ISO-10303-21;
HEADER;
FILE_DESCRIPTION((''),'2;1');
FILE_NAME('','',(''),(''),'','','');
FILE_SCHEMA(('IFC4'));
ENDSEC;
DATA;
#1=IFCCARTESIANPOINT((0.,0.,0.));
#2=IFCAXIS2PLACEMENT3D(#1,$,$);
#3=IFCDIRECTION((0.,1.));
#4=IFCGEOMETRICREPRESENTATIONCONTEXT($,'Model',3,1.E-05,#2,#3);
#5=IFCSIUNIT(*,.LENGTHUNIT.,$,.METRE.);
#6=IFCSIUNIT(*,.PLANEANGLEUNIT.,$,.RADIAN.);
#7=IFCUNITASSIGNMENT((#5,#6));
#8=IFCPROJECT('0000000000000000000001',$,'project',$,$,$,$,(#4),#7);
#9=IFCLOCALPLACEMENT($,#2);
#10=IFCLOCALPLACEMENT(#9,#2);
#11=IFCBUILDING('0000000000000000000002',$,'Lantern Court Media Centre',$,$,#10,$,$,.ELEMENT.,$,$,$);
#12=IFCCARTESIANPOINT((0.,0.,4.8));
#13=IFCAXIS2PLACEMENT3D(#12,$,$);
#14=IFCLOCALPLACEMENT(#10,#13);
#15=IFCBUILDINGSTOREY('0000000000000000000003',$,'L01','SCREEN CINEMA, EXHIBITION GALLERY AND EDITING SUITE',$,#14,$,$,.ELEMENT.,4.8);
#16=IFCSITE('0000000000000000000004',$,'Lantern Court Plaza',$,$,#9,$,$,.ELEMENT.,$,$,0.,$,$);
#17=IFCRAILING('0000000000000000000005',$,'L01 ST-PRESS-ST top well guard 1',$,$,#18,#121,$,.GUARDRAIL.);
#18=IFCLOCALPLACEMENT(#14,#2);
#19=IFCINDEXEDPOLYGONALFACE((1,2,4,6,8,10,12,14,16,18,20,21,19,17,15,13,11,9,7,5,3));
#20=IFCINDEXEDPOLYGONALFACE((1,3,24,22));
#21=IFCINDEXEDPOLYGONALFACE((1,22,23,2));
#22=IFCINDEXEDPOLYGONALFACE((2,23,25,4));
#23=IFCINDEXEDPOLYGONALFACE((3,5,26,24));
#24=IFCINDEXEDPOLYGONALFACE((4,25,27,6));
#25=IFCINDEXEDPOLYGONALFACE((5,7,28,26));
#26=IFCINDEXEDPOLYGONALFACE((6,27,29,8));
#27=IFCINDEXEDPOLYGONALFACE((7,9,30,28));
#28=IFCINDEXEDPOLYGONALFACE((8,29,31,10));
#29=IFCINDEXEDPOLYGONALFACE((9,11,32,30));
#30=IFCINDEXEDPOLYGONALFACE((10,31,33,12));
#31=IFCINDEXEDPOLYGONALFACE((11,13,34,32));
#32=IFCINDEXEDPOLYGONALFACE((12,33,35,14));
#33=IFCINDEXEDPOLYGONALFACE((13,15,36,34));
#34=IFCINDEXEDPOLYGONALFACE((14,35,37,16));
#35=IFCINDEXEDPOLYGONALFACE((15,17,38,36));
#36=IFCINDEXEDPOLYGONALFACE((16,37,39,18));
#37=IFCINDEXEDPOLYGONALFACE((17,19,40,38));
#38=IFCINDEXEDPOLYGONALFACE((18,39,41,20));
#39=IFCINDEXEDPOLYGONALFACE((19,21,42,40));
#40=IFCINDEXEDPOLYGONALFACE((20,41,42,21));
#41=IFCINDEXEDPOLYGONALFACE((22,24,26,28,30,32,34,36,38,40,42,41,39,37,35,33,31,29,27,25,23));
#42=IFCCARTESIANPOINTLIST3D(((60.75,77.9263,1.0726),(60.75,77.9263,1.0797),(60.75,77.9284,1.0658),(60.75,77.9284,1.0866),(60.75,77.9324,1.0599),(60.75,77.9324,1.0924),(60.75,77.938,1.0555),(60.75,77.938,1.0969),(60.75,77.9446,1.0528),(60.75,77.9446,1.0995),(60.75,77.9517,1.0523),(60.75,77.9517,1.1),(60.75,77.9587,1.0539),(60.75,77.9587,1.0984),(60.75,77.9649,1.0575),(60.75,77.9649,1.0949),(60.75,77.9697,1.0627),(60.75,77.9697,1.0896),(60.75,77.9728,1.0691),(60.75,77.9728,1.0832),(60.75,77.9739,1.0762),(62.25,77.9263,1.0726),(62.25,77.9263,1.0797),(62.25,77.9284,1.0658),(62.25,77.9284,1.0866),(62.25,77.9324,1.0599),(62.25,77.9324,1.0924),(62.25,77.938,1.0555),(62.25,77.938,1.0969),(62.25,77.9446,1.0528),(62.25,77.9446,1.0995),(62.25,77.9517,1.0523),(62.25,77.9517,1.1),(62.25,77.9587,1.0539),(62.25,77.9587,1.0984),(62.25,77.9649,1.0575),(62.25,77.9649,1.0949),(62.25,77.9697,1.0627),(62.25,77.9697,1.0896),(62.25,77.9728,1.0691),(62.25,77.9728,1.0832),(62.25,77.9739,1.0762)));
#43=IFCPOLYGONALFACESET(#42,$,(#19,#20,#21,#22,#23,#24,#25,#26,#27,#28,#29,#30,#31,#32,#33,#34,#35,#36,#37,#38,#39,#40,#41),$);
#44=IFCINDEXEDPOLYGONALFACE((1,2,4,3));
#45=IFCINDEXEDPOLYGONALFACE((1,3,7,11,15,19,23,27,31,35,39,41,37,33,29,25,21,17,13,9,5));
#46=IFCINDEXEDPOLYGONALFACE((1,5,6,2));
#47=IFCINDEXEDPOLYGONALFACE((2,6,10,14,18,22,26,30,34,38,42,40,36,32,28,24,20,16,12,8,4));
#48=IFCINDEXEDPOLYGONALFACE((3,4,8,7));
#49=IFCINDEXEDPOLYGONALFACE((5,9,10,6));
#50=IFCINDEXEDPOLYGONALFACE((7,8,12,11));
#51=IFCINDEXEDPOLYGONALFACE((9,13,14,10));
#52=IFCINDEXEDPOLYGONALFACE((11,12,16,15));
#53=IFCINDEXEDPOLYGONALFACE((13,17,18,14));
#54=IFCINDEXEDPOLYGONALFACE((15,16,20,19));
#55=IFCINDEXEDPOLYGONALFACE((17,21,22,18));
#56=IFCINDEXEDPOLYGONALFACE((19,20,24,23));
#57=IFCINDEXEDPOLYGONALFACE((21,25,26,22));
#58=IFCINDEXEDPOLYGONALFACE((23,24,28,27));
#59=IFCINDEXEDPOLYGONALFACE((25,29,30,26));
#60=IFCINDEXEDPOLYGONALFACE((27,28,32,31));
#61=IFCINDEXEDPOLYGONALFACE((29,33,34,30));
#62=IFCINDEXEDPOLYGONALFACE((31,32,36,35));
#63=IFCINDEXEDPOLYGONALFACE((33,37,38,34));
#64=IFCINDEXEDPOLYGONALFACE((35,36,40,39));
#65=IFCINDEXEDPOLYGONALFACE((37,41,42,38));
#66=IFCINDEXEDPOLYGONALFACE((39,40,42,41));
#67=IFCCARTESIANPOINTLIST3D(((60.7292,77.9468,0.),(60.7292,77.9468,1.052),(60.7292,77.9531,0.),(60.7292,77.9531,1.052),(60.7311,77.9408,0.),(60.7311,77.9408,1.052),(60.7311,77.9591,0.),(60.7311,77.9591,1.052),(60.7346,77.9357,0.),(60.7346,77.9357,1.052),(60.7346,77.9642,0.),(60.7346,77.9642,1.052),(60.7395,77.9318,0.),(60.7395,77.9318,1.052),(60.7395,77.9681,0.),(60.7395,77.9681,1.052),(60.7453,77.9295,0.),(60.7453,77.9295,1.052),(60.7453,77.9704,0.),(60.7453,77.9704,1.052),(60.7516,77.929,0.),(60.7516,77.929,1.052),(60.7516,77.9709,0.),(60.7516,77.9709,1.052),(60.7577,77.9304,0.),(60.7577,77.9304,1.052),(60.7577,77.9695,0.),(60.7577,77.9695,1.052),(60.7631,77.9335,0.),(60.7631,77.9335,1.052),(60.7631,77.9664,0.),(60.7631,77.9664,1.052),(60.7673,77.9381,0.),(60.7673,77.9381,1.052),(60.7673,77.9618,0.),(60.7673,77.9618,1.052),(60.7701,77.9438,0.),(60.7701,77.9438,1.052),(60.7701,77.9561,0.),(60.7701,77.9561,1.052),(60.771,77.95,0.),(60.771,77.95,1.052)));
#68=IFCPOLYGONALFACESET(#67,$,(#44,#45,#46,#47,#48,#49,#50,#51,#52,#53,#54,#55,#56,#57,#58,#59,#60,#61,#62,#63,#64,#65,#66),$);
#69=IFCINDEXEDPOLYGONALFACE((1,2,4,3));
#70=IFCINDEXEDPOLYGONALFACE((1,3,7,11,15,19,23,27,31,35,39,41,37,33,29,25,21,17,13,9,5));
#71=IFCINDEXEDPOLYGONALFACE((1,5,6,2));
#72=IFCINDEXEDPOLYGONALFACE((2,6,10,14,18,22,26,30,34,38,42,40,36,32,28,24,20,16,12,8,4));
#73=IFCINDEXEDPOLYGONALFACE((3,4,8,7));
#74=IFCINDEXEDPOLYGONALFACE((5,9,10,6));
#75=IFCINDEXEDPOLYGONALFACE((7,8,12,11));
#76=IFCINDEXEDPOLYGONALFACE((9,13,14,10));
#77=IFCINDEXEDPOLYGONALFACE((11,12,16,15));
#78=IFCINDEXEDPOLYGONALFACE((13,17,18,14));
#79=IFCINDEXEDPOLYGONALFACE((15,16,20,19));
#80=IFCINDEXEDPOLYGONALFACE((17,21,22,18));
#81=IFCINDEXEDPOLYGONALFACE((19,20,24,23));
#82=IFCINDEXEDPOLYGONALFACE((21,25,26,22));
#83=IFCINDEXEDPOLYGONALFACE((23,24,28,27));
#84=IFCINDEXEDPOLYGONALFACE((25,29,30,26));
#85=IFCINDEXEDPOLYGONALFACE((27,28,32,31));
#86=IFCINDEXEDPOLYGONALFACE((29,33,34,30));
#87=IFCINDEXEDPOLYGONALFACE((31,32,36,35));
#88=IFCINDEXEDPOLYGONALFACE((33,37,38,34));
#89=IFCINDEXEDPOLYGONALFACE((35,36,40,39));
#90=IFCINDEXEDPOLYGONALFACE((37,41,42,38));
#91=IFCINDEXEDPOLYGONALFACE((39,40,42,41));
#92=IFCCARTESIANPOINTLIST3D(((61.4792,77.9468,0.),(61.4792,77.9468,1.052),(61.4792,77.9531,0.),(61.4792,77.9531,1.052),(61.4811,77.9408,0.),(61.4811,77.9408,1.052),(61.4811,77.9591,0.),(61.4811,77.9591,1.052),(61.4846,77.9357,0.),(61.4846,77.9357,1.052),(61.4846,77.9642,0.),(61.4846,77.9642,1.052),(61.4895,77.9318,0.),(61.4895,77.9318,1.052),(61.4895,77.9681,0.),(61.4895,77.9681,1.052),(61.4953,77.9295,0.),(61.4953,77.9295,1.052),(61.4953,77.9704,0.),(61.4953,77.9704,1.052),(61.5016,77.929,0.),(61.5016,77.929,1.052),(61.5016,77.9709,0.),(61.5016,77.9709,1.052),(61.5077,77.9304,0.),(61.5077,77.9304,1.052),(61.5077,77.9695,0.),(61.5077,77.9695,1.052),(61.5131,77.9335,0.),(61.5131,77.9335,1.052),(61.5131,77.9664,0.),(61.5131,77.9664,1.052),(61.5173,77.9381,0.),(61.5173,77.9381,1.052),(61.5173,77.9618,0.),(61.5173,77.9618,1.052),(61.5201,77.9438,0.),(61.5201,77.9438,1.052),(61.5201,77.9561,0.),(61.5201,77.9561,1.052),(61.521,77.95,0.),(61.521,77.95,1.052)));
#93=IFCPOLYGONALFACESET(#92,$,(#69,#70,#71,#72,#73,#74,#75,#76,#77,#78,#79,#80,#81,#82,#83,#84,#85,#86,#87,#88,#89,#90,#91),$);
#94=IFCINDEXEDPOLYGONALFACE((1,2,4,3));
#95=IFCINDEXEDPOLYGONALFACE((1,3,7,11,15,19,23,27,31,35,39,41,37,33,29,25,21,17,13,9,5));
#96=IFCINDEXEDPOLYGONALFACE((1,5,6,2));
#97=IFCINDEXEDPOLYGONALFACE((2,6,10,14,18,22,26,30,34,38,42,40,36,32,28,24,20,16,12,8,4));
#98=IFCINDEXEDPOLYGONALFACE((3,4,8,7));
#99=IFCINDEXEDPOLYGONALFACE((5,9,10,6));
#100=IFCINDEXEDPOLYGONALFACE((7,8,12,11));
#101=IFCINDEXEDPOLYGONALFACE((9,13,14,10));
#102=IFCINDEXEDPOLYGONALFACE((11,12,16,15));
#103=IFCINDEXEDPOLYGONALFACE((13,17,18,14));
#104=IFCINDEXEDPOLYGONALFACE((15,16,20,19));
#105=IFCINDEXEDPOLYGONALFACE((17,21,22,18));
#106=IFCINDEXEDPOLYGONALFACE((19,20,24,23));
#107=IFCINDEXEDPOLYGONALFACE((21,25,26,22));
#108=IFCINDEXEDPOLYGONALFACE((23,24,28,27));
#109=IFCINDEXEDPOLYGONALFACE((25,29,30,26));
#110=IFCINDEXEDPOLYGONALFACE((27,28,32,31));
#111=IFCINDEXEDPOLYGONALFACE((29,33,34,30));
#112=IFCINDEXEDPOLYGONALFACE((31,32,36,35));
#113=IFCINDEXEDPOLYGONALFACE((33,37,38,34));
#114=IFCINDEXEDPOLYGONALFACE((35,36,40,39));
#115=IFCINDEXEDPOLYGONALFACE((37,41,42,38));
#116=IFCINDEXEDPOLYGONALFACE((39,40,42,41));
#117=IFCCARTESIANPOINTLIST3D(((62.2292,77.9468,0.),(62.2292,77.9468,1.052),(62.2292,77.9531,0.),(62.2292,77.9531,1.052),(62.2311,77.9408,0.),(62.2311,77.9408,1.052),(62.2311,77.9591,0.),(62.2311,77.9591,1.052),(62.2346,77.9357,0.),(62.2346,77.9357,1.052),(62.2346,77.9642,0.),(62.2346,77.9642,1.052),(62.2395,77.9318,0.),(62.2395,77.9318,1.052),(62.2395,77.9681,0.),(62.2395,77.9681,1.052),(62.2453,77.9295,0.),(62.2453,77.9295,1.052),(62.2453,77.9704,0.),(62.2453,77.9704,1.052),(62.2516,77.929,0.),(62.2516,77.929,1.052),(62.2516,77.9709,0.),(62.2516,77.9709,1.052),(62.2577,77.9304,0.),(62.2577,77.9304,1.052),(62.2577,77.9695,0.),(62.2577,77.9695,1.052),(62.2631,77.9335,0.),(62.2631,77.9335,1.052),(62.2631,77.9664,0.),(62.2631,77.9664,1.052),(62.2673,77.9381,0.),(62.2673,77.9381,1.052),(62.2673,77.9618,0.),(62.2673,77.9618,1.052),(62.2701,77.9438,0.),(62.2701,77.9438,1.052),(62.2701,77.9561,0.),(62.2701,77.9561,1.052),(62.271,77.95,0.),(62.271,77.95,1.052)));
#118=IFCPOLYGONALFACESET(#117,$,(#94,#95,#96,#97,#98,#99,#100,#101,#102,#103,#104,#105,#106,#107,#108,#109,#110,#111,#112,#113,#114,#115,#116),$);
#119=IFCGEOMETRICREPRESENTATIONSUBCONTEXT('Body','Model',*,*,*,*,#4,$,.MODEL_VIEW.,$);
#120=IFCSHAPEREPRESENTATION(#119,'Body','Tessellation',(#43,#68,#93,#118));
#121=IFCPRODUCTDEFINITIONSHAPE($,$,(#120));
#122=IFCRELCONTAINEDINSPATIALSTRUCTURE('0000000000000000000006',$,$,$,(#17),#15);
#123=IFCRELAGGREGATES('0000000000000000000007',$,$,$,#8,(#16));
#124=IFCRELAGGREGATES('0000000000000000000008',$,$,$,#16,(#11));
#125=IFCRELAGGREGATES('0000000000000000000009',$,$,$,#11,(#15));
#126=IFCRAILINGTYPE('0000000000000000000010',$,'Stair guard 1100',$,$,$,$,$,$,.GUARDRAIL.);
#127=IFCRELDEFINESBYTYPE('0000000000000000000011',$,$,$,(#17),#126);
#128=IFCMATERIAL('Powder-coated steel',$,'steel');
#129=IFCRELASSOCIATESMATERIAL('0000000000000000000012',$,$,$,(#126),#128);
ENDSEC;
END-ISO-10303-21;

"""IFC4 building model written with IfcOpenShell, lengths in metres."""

from ifc_helpers import new_model, si_unit, direction, frame, origin, origin_2d, place, context, subcontext, project, spatial, circle, extrude, material, type_object, element, save


model = new_model("IFC4")

# Units and contexts
model_context = context("Model", 3, precision=1e-05, world=origin(), true_north=direction((0.0, 1.0)))
body_context = subcontext(model_context, "Body", "Model", "MODEL_VIEW")
ifc_project = project(units=[si_unit("LENGTHUNIT", "METRE"), si_unit("PLANEANGLEUNIT", "RADIAN")], contexts=[model_context])

# Site, building, storey
site_placement = place(None, origin())
site = spatial("IfcSite", under=ifc_project, at=site_placement, Name="Lantern Court Plaza", CompositionType="ELEMENT", RefElevation=0.0)
building_placement = place(site_placement, origin())
building = spatial("IfcBuilding", under=site, at=building_placement, Name="Lantern Court Media Centre", CompositionType="ELEMENT")
storey_placement = place(building_placement, frame((0.0, 0.0, 4.8)))
storey = spatial("IfcBuildingStorey", under=building, at=storey_placement, Name="L01", Description="SCREEN CINEMA, EXHIBITION GALLERY AND EDITING SUITE", CompositionType="ELEMENT", Elevation=4.8)

# Railing
ifc_material_1 = material(Name="Powder-coated steel", Category="steel")
railing_type_1 = type_object("IfcRailingType", Name="Stair guard 1100", PredefinedType="GUARDRAIL", material=ifc_material_1)
railing_1_placement = place(storey_placement, frame((60.75, 77.95, 0.0)))
element("IfcRailing", 1, at=railing_1_placement, inside=storey, type_object=railing_type_1, Name="L01 ST-PRESS-ST top well guard 1", PredefinedType="GUARDRAIL", context=body_context, shape_type="SweptSolid", body=[
    extrude(circle(Radius=0.0239, at=origin_2d()), frame((0.0, 0.0, 1.0762), z_axis=(1.0, 0.0, 0.0), x_axis=(0.0, 1.0, 0.0)), (0.0, 0.0, 1.0), 1.5),
    extrude(circle(Radius=0.021, at=origin_2d()), origin(), (0.0, 0.0, 1.0), 1.052),
    extrude(circle(Radius=0.021, at=origin_2d()), frame((0.75, 0.0, 0.0)), (0.0, 0.0, 1.0), 1.052),
    extrude(circle(Radius=0.021, at=origin_2d()), frame((1.5, 0.0, 0.0)), (0.0, 0.0, 1.0), 1.052),
])

save(model, "model.ifc")
